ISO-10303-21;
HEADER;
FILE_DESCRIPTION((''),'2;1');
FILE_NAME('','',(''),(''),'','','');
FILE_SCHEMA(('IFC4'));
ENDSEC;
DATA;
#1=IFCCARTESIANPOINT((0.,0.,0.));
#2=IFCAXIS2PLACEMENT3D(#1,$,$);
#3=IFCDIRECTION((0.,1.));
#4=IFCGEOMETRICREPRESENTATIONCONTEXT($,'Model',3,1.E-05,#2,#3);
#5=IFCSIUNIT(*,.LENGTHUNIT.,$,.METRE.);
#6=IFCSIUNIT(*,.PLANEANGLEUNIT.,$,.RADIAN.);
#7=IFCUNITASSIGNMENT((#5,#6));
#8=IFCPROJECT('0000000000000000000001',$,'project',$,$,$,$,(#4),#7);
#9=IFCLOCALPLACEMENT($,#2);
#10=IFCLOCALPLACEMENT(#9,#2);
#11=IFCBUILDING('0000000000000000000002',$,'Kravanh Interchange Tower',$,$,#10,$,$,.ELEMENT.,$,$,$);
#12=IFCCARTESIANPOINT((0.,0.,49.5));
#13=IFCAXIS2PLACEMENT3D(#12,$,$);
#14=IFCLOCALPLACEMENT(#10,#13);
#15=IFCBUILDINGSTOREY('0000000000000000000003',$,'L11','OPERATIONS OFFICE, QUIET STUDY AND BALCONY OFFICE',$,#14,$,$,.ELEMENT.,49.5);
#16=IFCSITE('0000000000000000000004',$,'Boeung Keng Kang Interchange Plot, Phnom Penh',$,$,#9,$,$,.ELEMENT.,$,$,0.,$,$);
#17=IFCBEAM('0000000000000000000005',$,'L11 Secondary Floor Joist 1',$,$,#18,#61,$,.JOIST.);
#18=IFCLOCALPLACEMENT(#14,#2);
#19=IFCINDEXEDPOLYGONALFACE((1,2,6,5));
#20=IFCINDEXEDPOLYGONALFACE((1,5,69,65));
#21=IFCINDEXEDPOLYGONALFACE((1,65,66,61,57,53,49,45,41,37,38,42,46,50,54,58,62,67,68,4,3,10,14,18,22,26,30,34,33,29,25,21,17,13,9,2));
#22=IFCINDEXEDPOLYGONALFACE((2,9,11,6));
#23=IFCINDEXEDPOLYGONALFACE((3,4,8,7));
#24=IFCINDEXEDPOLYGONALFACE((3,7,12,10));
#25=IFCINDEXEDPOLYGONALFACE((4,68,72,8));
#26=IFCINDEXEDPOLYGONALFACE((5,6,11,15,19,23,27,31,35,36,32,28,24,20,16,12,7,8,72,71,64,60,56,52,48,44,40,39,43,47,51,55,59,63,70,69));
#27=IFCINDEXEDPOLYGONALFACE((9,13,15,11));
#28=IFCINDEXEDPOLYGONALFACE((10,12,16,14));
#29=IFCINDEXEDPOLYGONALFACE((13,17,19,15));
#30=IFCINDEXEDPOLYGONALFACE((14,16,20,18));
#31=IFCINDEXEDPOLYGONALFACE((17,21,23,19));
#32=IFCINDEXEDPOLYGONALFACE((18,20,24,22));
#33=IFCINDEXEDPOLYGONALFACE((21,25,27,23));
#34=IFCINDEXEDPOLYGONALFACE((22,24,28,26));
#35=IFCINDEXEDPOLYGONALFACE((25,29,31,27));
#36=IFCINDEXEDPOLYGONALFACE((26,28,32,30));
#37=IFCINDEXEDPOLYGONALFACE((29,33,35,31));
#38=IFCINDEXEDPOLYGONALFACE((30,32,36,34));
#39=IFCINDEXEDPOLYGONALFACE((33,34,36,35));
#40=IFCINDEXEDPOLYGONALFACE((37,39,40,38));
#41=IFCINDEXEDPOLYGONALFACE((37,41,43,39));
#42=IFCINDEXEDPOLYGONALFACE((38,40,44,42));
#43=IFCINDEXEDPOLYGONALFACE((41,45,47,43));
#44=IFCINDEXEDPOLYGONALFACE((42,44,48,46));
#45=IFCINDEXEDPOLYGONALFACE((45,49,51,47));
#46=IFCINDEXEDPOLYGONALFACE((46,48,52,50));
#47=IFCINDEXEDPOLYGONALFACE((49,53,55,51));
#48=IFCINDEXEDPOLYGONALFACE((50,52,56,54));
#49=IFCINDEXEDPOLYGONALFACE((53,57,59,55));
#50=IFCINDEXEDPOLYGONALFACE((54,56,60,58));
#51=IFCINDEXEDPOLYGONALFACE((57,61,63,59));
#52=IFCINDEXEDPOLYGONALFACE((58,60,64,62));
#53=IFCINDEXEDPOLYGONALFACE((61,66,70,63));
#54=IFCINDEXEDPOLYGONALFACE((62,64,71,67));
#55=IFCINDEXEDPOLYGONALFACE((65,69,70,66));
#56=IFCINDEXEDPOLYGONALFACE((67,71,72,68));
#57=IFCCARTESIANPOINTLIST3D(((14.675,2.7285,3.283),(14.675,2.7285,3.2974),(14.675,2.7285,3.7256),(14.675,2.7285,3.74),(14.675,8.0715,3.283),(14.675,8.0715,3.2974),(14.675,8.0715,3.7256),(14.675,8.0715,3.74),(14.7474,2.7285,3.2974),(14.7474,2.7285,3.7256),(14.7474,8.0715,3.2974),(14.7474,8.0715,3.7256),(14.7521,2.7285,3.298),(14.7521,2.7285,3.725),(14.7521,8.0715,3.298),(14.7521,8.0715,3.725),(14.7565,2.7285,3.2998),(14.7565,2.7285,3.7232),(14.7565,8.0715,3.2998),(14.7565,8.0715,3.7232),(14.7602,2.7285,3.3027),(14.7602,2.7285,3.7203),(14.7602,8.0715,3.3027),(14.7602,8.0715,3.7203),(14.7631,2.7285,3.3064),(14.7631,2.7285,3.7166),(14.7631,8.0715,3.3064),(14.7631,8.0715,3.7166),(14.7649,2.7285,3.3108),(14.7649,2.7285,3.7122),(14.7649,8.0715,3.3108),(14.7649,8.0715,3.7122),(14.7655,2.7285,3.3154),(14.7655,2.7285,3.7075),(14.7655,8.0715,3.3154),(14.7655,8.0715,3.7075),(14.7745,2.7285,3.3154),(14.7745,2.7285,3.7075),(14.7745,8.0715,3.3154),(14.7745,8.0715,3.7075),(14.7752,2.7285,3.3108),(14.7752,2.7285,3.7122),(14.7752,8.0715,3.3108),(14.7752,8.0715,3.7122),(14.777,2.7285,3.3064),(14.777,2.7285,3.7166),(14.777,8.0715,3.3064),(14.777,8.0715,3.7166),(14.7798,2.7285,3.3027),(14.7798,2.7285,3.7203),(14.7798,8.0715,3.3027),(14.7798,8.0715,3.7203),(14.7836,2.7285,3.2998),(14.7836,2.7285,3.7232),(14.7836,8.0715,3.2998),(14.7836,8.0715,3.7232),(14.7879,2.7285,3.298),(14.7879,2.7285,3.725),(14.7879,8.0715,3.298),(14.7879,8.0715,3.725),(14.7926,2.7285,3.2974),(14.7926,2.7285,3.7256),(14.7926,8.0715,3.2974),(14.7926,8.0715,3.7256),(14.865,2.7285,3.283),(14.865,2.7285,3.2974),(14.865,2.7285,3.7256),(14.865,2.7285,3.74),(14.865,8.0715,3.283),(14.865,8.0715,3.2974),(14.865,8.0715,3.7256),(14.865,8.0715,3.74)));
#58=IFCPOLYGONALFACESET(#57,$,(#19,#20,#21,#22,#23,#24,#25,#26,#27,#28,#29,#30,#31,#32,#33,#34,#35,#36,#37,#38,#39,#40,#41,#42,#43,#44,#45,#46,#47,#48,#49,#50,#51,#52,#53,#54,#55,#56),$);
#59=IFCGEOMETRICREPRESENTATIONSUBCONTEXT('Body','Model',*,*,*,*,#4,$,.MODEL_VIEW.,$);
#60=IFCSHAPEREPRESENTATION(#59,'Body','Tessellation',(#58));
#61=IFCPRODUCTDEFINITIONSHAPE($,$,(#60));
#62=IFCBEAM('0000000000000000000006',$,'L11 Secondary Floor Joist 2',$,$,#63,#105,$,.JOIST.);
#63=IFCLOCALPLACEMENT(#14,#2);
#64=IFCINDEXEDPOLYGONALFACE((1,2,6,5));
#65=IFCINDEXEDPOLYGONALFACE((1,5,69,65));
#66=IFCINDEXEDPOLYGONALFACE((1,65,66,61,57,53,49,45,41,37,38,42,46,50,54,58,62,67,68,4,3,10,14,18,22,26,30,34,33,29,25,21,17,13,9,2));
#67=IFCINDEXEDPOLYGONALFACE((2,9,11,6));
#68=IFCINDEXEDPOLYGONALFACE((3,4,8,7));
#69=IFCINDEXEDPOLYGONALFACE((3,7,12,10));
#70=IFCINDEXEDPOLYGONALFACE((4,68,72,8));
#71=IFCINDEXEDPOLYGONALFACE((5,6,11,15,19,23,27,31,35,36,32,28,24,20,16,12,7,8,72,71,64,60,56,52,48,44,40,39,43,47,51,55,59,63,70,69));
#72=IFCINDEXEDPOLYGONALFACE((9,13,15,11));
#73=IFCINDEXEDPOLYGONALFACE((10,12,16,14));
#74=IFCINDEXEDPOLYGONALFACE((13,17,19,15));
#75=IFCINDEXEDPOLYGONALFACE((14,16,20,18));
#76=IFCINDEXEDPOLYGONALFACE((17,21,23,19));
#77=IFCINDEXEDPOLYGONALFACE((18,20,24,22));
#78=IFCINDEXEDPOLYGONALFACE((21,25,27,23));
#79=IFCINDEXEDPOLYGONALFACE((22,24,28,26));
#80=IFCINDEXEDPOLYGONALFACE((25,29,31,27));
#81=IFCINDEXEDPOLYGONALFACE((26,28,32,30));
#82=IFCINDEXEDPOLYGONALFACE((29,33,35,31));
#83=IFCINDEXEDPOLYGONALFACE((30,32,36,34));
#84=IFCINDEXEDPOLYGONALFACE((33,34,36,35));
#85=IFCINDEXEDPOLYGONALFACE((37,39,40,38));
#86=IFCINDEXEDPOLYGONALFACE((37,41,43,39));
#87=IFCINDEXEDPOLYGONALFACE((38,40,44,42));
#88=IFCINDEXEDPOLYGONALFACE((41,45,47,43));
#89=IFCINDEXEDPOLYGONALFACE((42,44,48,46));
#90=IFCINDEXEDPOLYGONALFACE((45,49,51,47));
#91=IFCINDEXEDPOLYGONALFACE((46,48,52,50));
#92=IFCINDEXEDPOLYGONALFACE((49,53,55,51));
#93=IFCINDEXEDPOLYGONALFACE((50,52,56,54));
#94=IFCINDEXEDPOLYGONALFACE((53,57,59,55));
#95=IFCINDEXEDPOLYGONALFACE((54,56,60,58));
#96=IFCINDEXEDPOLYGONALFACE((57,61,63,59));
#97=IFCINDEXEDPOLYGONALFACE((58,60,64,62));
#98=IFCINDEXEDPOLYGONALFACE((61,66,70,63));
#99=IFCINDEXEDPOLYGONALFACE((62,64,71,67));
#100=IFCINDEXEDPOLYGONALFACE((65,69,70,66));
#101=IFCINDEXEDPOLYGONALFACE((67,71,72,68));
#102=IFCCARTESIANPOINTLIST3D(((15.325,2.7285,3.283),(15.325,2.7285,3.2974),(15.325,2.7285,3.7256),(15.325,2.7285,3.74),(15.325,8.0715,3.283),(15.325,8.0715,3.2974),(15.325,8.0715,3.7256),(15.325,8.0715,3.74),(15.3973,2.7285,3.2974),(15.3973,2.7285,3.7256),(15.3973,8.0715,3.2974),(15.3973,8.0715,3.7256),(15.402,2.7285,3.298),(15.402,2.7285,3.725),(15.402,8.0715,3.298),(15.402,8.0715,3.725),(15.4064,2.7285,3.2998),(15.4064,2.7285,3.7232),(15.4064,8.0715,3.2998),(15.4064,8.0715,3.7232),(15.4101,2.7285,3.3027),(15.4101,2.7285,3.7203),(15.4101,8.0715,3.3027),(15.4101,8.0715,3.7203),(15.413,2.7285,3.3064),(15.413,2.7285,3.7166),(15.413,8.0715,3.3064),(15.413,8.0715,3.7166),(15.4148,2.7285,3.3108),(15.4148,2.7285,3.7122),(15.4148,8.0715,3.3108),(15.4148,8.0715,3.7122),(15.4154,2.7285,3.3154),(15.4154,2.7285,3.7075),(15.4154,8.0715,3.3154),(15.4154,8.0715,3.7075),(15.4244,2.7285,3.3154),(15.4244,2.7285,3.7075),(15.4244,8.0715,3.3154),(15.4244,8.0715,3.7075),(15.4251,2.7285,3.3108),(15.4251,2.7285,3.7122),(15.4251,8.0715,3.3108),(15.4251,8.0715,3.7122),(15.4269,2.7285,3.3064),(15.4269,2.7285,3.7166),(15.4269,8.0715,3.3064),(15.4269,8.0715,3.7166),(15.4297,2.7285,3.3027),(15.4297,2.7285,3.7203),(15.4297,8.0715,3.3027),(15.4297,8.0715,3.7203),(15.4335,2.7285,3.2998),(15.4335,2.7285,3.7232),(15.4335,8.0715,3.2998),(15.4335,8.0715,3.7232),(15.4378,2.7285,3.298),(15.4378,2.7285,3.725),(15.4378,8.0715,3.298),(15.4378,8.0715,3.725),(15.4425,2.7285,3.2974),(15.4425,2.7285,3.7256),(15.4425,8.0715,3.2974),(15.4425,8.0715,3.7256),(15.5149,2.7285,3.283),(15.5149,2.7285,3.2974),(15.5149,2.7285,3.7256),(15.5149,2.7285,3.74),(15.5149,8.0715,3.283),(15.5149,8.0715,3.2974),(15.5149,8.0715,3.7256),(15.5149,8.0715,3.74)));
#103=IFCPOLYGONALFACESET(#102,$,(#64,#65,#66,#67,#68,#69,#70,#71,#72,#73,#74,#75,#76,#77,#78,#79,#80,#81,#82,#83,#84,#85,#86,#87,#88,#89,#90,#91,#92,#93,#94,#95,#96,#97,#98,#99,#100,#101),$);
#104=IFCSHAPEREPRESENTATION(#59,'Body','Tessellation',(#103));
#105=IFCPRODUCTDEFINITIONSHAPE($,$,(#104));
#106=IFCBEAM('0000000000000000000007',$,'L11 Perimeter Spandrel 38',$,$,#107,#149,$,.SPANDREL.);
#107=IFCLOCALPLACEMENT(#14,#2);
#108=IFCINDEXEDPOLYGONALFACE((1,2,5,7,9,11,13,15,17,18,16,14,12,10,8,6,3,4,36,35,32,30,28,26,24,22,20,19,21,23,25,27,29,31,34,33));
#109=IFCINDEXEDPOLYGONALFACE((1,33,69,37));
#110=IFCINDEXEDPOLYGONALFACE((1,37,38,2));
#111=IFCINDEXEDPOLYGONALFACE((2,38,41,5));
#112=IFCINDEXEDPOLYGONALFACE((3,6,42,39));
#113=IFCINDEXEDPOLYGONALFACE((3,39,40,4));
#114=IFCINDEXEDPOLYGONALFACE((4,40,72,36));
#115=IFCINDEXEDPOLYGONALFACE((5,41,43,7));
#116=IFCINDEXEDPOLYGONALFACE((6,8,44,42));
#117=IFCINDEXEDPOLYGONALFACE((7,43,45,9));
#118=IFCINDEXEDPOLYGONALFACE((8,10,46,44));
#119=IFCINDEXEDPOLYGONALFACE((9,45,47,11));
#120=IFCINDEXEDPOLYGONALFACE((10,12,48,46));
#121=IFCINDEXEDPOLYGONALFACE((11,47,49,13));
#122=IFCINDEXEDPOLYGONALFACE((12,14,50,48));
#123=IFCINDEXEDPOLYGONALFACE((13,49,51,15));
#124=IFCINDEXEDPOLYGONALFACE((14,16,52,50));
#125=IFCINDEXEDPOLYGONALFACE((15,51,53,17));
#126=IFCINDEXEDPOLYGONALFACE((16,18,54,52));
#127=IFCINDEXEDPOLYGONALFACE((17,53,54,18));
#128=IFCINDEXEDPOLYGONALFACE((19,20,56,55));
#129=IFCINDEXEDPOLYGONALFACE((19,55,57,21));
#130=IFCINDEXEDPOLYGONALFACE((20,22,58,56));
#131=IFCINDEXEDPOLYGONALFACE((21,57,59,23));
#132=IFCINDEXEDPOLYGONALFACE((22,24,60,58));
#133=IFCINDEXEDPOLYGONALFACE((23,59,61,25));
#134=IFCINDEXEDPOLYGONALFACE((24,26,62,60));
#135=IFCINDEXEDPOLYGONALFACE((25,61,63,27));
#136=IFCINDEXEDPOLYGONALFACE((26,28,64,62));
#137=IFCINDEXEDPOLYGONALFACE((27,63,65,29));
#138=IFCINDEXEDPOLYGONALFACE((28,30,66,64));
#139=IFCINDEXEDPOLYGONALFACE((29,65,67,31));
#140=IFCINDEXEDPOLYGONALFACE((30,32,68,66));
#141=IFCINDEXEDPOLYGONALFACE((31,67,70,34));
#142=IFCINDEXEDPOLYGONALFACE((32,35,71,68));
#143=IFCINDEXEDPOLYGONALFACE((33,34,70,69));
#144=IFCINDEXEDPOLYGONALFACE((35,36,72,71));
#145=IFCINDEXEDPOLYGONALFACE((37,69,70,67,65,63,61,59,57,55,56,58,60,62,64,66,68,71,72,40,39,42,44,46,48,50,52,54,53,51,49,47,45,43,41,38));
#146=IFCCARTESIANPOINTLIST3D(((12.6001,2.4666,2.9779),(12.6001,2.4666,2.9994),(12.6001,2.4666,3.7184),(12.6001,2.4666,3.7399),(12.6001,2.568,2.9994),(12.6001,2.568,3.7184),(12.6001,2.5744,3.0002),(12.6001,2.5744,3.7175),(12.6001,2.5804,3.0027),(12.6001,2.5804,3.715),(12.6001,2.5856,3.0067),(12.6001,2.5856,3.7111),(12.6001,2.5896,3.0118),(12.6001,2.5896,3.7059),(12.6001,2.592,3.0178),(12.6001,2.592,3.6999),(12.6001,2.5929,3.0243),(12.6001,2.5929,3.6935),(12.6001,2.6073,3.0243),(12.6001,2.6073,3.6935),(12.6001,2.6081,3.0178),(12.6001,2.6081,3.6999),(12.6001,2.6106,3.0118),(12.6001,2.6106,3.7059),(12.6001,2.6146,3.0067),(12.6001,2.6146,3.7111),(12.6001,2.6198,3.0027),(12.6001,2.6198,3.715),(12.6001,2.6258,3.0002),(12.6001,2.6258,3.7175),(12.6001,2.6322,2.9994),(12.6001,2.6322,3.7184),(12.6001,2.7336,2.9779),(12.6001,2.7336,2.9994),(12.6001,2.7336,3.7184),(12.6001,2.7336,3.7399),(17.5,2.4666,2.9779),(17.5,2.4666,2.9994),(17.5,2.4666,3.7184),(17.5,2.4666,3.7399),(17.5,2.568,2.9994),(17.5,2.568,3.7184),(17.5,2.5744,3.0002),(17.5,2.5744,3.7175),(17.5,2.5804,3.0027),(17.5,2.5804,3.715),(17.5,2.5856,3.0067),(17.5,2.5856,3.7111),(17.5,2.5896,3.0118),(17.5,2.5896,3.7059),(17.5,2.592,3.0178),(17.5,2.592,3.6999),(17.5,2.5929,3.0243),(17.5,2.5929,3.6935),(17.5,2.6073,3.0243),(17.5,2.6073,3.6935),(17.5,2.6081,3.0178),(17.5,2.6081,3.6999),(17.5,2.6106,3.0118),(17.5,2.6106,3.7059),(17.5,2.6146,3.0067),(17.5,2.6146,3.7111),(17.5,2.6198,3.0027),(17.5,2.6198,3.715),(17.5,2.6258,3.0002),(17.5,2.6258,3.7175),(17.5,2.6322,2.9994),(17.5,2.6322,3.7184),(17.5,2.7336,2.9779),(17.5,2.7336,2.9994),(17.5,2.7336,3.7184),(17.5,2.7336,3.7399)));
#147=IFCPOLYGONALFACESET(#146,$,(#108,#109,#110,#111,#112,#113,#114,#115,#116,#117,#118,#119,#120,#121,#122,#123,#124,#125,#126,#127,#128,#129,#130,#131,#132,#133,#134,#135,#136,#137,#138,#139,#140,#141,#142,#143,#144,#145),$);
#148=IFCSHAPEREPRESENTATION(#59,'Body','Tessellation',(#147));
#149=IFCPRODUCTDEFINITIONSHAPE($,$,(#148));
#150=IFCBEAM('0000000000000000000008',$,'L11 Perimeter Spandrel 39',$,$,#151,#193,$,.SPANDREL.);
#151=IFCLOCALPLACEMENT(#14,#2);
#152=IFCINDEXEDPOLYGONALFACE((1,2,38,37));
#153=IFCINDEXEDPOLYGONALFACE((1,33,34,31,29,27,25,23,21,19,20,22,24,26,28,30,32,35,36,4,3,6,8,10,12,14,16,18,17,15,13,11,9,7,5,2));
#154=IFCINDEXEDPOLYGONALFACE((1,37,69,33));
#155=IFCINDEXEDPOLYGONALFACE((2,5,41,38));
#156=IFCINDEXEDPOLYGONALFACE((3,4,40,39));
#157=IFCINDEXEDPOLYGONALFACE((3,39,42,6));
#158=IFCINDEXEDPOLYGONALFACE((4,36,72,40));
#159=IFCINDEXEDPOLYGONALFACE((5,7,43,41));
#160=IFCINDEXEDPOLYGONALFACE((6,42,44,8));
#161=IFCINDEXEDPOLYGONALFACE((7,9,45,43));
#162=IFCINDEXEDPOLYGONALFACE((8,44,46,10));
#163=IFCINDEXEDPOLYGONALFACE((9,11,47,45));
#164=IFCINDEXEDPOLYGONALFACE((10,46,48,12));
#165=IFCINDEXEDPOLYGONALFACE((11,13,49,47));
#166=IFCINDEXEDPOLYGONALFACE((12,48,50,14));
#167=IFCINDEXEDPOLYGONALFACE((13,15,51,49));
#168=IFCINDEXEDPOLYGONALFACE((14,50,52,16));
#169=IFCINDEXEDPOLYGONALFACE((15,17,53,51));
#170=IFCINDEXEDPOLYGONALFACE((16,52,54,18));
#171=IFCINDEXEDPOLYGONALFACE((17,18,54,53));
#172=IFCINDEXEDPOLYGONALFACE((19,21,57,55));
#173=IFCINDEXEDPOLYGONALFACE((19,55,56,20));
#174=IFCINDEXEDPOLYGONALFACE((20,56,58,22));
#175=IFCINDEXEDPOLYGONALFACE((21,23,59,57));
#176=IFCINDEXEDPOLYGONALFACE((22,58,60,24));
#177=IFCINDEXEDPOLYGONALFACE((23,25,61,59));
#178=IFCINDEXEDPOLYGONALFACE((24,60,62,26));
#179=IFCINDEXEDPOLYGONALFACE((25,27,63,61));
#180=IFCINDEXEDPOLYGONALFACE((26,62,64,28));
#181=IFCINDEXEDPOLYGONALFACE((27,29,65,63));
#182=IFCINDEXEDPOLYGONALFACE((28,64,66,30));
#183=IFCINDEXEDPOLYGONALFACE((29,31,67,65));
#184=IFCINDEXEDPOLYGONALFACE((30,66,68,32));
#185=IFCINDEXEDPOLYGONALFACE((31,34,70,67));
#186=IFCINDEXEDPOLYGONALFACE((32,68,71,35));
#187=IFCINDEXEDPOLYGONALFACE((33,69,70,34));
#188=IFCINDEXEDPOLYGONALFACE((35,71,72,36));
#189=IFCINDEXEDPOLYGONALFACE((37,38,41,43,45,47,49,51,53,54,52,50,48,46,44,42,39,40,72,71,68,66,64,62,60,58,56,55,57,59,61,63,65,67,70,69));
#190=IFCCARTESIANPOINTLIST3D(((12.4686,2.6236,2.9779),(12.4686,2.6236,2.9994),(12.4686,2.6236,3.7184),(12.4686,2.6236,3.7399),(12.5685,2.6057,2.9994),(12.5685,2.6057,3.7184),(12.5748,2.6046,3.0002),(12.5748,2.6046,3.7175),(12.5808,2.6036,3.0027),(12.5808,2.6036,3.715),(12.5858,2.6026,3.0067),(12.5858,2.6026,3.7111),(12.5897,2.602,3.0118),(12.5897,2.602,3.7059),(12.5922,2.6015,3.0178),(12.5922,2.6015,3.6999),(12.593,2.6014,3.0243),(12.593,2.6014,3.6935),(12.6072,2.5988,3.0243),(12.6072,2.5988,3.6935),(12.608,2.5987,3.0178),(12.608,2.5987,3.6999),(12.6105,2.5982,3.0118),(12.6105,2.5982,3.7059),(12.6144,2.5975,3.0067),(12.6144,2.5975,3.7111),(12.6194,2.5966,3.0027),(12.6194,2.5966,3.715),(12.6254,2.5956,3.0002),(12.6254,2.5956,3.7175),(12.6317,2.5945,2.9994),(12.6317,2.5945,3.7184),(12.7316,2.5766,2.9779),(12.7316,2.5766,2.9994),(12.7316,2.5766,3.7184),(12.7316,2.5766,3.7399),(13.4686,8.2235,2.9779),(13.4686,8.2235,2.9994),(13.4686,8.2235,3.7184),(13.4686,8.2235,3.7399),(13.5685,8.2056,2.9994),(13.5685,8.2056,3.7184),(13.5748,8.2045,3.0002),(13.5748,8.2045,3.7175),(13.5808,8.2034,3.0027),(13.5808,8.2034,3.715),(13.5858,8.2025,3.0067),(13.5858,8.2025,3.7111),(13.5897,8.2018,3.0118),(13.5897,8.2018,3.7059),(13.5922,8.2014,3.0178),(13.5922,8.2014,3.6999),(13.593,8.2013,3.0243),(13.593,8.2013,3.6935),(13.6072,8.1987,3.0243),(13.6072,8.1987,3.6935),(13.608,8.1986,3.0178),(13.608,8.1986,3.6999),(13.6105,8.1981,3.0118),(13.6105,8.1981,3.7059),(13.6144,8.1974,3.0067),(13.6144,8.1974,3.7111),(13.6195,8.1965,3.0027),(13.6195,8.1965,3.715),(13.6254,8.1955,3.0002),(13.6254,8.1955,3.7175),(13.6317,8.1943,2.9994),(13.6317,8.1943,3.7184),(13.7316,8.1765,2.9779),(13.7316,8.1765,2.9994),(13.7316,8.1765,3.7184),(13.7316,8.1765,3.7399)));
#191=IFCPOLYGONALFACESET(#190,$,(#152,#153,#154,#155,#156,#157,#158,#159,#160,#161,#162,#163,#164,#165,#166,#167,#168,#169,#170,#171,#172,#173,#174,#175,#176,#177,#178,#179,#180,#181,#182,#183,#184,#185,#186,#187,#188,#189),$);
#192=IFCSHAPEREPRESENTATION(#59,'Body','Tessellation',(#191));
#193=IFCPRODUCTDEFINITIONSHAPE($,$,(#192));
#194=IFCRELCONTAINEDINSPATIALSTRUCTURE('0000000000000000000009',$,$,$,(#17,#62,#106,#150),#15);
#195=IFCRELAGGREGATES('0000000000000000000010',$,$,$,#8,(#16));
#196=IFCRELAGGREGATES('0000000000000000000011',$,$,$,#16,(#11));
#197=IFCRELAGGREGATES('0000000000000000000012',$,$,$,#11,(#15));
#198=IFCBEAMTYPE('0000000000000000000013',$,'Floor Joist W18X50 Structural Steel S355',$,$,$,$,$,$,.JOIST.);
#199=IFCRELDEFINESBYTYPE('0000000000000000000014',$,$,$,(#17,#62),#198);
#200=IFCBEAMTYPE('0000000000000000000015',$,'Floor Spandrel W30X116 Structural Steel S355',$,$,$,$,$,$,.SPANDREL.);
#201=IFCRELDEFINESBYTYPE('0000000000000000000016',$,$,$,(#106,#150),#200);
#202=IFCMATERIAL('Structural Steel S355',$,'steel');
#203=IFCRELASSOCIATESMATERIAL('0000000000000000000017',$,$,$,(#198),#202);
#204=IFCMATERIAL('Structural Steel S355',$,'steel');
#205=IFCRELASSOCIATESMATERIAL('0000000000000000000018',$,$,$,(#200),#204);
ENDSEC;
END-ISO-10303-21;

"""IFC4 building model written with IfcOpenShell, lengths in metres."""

from ifc_helpers import new_model, si_unit, direction, frame, origin, origin_2d, place, context, subcontext, project, spatial, i_section, extrude, material, material_profile, profile_set, type_object, element, save


model = new_model("IFC4")

# Units and contexts
model_context = context("Model", 3, precision=1e-05, world=origin(), true_north=direction((0.0, 1.0)))
body_context = subcontext(model_context, "Body", "Model", "MODEL_VIEW")
ifc_project = project(units=[si_unit("LENGTHUNIT", "METRE"), si_unit("PLANEANGLEUNIT", "RADIAN")], contexts=[model_context])

# Site, building, storey
site_placement = place(None, origin())
site = spatial("IfcSite", under=ifc_project, at=site_placement, Name="Boeung Keng Kang Interchange Plot, Phnom Penh", CompositionType="ELEMENT", RefElevation=0.0)
building_placement = place(site_placement, origin())
building = spatial("IfcBuilding", under=site, at=building_placement, Name="Kravanh Interchange Tower", CompositionType="ELEMENT")
storey_placement = place(building_placement, frame((0.0, 0.0, 49.5)))
storey = spatial("IfcBuildingStorey", under=building, at=storey_placement, Name="L11", Description="OPERATIONS OFFICE, QUIET STUDY AND BALCONY OFFICE", CompositionType="ELEMENT", Elevation=49.5)

# Beams
ifc_material_1 = material(Name="Structural Steel S355", Category="steel")
ifc_material_profile_1 = material_profile(ifc_material_1, i_section(OverallWidth=0.1899, OverallDepth=0.457, WebThickness=0.009, FlangeThickness=0.0144, FilletRadius=0.0181, at=origin_2d()), Name="W18X50")
ifc_profile_set_1 = profile_set([ifc_material_profile_1], Name="Structural Steel S355")
beam_type_1 = type_object("IfcBeamType", Name="Floor Joist W18X50 Structural Steel S355", PredefinedType="JOIST", material=ifc_profile_set_1)
for number, where, z_axis, x_axis, name in (
    (1, (14.77, 2.7285, 3.5115), (0.0, 1.0, 0.0), (-1.0, 0.0, 0.0), "L11 Secondary Floor Joist 1"),
    (2, (15.4199, 2.7285, 3.5115), (0.0, 1.0, 0.0), (-1.0, 0.0, 0.0), "L11 Secondary Floor Joist 2"),
):
    element("IfcBeam", number, at=place(storey_placement, frame(where, z_axis=z_axis, x_axis=x_axis)), inside=storey, type_object=beam_type_1, Name=name, PredefinedType="JOIST", context=body_context, shape_type="SweptSolid", body=[
        extrude(i_section(OverallWidth=0.1899, OverallDepth=0.457, WebThickness=0.009, FlangeThickness=0.0144, FilletRadius=0.0181, at=origin_2d()), origin(), (0.0, 0.0, 1.0), 5.343),
    ])
ifc_material_2 = material(Name="Structural Steel S355", Category="steel")
ifc_material_profile_2 = material_profile(ifc_material_2, i_section(OverallWidth=0.2671, OverallDepth=0.762, WebThickness=0.0144, FlangeThickness=0.0215, FilletRadius=0.0249, at=origin_2d()), Name="W30X116")
ifc_profile_set_2 = profile_set([ifc_material_profile_2], Name="Structural Steel S355")
beam_type_2 = type_object("IfcBeamType", Name="Floor Spandrel W30X116 Structural Steel S355", PredefinedType="SPANDREL", material=ifc_profile_set_2)
beam_1_placement = place(storey_placement, frame((12.6001, 2.6001, 3.3589), z_axis=(1.0, 0.0, 0.0), x_axis=(0.0, 1.0, 0.0)))
element("IfcBeam", 3, at=beam_1_placement, inside=storey, type_object=beam_type_2, Name="L11 Perimeter Spandrel 38", PredefinedType="SPANDREL", context=body_context, shape_type="SweptSolid", body=[
    extrude(i_section(OverallWidth=0.2671, OverallDepth=0.762, WebThickness=0.0144, FlangeThickness=0.0215, FilletRadius=0.0249, at=origin_2d()), origin(), (0.0, 0.0, 1.0), 4.8999),
])
beam_2_placement = place(storey_placement, frame((12.6001, 2.6001, 3.3589), z_axis=(0.175795, 0.984427, 0.0), x_axis=(-0.984427, 0.175795, 0.0)))
element("IfcBeam", 4, at=beam_2_placement, inside=storey, type_object=beam_type_2, Name="L11 Perimeter Spandrel 39", PredefinedType="SPANDREL", context=body_context, shape_type="SweptSolid", body=[
    extrude(i_section(OverallWidth=0.2671, OverallDepth=0.762, WebThickness=0.0144, FlangeThickness=0.0215, FilletRadius=0.0249, at=origin_2d()), origin(), (0.0, 0.0, 1.0), 5.6885),
])

save(model, "model.ifc")
